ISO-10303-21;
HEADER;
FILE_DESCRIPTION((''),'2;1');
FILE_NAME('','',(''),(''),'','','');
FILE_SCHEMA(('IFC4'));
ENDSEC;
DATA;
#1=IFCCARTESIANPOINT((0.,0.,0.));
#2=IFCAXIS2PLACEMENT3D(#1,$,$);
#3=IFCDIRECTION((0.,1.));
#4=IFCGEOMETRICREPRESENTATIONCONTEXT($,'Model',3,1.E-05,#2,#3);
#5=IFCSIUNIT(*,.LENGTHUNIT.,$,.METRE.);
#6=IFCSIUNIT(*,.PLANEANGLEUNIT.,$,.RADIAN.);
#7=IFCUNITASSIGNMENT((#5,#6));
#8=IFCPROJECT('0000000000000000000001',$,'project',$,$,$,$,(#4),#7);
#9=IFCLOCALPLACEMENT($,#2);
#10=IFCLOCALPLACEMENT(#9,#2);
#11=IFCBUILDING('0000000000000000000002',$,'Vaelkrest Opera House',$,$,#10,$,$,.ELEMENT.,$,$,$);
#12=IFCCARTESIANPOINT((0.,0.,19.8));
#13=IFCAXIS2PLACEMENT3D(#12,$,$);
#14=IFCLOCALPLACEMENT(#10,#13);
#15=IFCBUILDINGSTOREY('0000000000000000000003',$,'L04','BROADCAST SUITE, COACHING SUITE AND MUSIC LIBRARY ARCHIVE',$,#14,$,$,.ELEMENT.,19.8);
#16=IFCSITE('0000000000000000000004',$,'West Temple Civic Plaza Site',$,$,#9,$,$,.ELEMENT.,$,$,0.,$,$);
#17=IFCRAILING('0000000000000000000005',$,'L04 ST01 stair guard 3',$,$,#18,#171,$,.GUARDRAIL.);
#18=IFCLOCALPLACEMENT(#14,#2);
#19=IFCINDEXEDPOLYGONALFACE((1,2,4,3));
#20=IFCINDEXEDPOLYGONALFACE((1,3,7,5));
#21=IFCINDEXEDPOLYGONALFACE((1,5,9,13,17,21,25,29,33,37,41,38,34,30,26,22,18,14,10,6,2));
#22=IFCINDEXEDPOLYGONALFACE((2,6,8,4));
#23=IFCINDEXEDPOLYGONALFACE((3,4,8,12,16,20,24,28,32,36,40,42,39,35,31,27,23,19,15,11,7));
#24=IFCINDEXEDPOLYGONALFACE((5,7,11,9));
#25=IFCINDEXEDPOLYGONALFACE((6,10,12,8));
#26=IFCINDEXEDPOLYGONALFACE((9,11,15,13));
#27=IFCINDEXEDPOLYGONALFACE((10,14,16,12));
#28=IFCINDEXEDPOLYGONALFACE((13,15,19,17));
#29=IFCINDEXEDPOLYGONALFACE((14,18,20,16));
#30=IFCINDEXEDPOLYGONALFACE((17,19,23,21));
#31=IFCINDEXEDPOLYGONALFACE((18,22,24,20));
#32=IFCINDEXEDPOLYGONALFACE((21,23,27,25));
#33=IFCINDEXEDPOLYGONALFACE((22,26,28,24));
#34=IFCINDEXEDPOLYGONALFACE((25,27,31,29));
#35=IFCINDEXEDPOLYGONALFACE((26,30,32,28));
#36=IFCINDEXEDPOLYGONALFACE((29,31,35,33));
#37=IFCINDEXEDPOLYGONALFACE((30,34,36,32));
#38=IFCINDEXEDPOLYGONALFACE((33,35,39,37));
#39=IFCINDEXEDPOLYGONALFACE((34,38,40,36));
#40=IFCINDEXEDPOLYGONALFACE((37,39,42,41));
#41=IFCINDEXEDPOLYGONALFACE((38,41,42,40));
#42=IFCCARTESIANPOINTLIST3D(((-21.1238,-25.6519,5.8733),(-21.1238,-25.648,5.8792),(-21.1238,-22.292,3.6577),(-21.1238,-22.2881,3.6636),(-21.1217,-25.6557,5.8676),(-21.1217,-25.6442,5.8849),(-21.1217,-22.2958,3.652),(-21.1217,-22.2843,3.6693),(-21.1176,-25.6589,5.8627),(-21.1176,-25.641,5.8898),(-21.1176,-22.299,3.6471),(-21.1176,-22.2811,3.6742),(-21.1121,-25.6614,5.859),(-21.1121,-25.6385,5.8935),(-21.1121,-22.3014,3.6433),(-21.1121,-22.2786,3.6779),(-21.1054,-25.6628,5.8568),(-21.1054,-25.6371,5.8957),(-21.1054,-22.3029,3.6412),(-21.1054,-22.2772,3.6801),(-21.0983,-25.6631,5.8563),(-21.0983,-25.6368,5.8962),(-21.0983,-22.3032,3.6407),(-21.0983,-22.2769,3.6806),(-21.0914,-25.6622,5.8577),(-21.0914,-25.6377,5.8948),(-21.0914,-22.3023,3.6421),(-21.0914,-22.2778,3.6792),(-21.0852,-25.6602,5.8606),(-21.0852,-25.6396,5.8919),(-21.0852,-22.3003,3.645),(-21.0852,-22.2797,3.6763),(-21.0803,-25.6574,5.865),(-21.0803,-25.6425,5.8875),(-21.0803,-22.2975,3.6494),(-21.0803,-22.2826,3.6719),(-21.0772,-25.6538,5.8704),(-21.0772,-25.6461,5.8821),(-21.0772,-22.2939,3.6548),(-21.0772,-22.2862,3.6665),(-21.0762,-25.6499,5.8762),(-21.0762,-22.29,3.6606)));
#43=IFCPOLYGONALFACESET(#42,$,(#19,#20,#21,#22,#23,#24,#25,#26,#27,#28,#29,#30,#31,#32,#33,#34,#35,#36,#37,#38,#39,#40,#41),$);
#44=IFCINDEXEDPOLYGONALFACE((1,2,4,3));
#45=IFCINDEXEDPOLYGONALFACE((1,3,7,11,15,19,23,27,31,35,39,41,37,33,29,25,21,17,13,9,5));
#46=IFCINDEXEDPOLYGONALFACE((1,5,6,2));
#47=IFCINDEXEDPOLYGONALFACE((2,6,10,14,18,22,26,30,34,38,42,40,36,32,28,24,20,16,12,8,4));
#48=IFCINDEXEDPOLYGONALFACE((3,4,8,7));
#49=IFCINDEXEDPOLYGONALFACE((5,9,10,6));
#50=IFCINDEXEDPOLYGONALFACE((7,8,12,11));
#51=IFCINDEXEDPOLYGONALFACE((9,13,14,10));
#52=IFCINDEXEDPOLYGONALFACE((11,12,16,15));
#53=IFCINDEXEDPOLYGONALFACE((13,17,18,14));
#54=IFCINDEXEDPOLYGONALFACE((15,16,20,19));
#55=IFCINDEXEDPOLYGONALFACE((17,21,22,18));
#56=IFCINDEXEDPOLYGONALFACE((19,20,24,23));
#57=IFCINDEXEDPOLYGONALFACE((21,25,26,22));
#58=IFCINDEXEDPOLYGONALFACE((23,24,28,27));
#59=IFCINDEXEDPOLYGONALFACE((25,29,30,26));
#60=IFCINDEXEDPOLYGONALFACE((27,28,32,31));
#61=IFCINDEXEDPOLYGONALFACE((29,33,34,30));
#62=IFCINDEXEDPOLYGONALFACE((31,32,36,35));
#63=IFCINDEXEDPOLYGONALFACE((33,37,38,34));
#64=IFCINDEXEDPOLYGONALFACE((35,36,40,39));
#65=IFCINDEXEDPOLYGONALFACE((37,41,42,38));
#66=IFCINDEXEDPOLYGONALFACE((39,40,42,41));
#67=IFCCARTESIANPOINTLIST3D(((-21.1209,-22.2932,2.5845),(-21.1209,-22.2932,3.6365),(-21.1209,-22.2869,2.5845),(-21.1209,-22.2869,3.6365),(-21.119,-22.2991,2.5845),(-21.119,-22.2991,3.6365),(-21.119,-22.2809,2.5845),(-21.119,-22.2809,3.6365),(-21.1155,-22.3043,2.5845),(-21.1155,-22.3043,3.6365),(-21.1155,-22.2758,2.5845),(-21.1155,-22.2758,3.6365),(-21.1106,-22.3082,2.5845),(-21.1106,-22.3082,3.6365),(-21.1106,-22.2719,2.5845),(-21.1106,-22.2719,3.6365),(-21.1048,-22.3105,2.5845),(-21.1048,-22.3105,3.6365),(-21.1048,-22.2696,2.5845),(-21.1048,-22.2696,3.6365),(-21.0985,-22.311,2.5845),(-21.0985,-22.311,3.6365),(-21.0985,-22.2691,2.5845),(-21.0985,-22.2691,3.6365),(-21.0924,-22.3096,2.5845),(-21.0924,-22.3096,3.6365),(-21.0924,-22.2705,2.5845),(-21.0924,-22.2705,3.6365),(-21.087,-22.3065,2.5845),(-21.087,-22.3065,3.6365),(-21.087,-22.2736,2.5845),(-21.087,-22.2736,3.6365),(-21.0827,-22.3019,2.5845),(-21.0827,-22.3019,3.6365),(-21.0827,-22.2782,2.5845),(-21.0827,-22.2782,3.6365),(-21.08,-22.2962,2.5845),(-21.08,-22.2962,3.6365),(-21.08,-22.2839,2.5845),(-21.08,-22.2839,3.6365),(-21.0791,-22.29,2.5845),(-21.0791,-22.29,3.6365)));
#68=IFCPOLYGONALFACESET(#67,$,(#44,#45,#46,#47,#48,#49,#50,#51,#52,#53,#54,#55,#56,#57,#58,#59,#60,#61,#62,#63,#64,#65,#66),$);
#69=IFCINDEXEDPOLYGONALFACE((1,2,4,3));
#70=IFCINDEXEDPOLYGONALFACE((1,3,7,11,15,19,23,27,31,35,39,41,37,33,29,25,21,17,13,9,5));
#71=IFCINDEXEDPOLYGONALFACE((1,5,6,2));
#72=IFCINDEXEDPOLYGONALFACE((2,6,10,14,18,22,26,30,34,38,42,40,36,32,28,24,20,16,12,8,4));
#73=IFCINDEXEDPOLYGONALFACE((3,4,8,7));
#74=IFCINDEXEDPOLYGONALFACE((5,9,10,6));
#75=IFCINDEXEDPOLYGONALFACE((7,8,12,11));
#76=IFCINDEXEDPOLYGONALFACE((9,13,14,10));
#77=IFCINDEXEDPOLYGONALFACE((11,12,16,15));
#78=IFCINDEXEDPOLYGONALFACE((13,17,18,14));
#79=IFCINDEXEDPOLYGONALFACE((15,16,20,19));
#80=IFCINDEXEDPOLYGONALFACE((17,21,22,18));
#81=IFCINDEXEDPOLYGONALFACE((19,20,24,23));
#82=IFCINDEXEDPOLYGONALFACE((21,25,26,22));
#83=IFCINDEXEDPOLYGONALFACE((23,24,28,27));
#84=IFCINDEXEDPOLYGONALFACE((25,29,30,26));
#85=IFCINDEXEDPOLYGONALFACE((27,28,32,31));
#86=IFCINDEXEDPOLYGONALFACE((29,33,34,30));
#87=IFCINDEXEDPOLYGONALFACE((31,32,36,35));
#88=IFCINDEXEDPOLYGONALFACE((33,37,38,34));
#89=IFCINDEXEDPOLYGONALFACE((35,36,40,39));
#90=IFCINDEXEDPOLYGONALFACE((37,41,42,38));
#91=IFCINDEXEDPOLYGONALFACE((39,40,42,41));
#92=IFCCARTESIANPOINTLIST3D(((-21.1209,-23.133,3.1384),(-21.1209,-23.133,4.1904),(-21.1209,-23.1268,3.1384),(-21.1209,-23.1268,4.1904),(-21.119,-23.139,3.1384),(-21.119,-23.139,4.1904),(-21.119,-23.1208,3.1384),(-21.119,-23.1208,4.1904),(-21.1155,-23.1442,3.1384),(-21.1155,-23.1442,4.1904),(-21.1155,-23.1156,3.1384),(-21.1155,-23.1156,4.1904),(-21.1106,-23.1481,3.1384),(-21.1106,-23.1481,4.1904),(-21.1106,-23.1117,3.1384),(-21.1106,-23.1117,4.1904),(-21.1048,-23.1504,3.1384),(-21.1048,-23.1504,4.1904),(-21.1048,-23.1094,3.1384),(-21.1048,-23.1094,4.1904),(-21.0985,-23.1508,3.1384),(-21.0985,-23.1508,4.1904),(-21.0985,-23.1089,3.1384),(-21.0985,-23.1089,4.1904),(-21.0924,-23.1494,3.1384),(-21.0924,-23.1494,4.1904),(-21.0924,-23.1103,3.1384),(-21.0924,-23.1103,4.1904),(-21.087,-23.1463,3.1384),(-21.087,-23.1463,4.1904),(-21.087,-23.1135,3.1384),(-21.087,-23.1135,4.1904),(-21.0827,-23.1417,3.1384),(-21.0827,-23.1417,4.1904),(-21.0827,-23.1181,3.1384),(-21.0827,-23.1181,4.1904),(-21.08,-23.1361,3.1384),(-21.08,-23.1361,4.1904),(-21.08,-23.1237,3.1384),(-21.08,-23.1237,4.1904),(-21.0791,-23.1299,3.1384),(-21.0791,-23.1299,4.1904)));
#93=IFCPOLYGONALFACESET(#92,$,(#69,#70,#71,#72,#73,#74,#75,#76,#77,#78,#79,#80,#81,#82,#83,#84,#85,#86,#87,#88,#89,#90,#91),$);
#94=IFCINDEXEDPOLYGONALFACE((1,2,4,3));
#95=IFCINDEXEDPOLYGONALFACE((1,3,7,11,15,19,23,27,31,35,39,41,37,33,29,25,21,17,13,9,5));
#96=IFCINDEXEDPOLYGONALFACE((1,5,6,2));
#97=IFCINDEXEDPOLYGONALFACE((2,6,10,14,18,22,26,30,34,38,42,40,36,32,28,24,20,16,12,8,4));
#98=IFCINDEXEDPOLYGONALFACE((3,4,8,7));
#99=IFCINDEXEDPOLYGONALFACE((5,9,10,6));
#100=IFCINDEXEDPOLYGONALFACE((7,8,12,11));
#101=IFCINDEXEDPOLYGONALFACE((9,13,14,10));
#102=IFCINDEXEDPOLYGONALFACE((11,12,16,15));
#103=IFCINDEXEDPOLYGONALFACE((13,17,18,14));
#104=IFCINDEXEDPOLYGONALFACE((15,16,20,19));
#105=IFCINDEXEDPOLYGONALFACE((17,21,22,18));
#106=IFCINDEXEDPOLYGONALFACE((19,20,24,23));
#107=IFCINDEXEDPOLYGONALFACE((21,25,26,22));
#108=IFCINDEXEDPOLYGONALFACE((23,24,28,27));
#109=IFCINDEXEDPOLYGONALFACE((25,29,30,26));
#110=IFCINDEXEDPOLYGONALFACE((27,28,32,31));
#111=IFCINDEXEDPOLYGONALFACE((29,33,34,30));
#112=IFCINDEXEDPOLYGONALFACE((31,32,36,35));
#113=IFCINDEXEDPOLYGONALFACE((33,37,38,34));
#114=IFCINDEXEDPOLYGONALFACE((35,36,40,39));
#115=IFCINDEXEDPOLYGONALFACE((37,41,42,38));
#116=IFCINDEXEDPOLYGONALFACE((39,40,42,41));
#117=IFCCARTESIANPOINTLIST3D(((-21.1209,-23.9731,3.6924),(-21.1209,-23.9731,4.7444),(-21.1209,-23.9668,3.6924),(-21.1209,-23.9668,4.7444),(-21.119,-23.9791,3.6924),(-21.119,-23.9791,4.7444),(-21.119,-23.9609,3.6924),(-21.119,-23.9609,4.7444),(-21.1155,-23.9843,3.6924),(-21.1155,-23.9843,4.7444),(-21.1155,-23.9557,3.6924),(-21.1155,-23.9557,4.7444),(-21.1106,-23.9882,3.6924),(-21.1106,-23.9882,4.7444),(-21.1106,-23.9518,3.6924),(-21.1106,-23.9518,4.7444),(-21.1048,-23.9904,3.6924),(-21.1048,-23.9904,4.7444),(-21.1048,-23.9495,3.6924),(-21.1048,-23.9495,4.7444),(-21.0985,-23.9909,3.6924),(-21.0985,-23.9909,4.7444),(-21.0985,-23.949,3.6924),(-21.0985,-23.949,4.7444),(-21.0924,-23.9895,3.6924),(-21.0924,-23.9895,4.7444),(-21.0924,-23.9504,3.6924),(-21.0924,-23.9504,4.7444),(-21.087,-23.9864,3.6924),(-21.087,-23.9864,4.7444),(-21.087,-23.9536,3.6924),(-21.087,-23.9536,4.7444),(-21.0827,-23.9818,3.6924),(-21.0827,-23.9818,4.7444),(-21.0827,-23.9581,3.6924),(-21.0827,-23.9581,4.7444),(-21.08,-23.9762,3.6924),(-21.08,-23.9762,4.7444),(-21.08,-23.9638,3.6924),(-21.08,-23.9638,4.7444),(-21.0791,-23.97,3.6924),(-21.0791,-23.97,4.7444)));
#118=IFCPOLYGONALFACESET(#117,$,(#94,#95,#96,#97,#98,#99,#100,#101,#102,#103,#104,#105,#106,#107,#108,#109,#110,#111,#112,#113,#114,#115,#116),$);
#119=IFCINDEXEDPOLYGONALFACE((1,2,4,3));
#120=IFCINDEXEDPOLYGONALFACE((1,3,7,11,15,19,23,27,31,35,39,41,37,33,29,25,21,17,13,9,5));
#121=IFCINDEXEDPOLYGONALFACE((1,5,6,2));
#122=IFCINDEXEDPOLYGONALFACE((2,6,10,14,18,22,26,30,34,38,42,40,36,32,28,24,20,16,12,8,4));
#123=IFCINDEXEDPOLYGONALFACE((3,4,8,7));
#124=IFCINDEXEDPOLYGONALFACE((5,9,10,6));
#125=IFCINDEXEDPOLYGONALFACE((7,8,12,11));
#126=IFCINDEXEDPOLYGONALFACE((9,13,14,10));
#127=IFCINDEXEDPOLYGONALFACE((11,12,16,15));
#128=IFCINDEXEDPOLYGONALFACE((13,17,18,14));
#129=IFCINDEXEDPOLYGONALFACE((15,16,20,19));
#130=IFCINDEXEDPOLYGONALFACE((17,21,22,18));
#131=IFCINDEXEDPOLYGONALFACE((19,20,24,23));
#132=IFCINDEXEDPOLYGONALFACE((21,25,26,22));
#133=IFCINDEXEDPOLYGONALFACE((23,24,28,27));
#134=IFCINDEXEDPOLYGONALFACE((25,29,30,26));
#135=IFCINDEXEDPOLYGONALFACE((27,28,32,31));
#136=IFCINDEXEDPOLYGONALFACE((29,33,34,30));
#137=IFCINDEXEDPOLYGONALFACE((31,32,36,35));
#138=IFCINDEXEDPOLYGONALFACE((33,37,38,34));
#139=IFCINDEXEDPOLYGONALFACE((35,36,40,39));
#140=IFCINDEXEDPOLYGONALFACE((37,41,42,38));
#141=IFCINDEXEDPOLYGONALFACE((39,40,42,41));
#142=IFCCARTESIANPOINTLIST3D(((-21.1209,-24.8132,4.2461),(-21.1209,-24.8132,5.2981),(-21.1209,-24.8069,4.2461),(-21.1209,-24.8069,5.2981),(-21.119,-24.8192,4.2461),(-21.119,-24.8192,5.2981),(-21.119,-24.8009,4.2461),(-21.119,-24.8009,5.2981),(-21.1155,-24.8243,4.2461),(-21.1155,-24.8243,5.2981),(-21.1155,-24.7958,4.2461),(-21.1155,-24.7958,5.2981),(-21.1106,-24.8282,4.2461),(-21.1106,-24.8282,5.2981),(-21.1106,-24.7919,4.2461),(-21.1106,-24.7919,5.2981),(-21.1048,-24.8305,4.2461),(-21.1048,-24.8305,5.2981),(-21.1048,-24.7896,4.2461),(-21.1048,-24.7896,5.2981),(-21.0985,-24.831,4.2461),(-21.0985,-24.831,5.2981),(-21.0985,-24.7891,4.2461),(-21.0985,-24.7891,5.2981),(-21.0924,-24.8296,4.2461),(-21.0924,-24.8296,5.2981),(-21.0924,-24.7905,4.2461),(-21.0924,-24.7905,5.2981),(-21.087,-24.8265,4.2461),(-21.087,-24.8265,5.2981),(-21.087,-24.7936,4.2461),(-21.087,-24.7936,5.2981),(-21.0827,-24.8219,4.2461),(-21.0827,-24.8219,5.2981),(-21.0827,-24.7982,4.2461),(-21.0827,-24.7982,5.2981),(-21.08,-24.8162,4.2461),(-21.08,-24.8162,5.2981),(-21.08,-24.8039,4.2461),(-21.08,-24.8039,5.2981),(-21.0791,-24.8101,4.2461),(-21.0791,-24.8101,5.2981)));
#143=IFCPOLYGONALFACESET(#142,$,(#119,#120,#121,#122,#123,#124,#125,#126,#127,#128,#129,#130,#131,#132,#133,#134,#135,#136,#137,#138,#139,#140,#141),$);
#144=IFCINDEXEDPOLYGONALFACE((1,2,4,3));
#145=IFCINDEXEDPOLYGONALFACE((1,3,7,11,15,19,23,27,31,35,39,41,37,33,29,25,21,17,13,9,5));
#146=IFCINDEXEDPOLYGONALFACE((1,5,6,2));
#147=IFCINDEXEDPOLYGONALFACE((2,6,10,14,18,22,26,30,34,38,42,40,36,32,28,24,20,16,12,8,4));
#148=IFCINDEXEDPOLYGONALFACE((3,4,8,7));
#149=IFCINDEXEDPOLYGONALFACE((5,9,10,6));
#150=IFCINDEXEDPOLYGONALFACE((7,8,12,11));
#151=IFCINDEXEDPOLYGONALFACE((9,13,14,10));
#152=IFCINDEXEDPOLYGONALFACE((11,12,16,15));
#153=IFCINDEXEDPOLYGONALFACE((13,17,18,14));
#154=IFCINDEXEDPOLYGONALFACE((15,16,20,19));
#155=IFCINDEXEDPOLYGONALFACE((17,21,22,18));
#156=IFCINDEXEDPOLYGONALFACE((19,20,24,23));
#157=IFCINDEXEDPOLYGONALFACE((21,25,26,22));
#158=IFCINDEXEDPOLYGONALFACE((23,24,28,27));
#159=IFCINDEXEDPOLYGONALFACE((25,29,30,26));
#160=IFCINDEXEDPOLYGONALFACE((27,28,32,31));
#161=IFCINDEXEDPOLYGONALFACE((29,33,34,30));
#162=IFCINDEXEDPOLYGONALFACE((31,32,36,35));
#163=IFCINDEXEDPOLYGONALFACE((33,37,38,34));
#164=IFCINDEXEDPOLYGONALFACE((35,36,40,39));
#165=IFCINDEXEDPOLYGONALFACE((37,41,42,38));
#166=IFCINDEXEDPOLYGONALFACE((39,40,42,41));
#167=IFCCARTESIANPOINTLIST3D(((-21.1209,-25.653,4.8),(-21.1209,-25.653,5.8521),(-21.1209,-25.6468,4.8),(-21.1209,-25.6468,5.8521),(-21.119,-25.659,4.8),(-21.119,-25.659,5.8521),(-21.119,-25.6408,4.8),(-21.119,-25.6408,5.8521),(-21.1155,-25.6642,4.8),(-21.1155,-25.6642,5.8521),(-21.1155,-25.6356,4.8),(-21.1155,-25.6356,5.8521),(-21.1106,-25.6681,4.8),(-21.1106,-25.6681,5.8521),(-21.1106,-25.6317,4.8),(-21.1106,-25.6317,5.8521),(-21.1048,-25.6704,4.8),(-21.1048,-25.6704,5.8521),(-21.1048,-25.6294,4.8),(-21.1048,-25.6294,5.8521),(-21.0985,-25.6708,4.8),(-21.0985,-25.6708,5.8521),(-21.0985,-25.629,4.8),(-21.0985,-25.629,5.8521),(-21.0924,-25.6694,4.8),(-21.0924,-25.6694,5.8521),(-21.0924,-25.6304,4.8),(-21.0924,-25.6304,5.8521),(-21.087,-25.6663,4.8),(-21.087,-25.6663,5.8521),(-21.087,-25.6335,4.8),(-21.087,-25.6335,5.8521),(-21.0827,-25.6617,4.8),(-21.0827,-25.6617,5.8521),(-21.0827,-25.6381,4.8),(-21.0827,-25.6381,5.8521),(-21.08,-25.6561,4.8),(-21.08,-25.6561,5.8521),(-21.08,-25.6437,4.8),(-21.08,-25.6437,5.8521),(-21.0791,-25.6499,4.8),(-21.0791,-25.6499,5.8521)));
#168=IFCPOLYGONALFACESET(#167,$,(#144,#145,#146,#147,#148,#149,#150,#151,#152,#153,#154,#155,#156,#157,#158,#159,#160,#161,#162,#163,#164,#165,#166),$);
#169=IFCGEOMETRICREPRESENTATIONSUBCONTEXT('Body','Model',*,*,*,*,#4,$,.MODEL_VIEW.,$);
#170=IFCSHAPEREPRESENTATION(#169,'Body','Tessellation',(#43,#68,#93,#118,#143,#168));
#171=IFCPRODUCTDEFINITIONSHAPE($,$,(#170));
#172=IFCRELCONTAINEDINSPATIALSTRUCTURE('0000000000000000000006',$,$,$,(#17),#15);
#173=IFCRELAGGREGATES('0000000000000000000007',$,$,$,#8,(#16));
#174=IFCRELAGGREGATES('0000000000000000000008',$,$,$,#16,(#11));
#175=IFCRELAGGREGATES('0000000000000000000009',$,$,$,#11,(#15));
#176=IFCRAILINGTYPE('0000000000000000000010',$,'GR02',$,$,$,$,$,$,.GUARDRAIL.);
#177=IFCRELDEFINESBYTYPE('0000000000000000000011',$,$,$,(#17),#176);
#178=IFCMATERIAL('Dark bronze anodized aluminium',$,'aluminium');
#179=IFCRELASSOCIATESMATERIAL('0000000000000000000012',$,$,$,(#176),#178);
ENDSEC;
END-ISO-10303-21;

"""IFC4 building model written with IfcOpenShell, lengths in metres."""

from ifc_helpers import new_model, si_unit, direction, frame, origin, origin_2d, place, context, subcontext, project, spatial, circle, extrude, material, type_object, element, save


model = new_model("IFC4")

# Units and contexts
model_context = context("Model", 3, precision=1e-05, world=origin(), true_north=direction((0.0, 1.0)))
body_context = subcontext(model_context, "Body", "Model", "MODEL_VIEW")
ifc_project = project(units=[si_unit("LENGTHUNIT", "METRE"), si_unit("PLANEANGLEUNIT", "RADIAN")], contexts=[model_context])

# Site, building, storey
site_placement = place(None, origin())
site = spatial("IfcSite", under=ifc_project, at=site_placement, Name="West Temple Civic Plaza Site", CompositionType="ELEMENT", RefElevation=0.0)
building_placement = place(site_placement, origin())
building = spatial("IfcBuilding", under=site, at=building_placement, Name="Vaelkrest Opera House", CompositionType="ELEMENT")
storey_placement = place(building_placement, frame((0.0, 0.0, 19.8)))
storey = spatial("IfcBuildingStorey", under=building, at=storey_placement, Name="L04", Description="BROADCAST SUITE, COACHING SUITE AND MUSIC LIBRARY ARCHIVE", CompositionType="ELEMENT", Elevation=19.8)

# Shared definitions
ifc_material_1 = material(Name="Dark bronze anodized aluminium", Category="aluminium")

# Railing
railing_type_1 = type_object("IfcRailingType", Name="GR02", PredefinedType="GUARDRAIL", material=ifc_material_1)
railing_1_placement = place(storey_placement, frame((-21.1001, -22.29, 2.5845)))
element("IfcRailing", 1, at=railing_1_placement, inside=storey, type_object=railing_type_1, Name="L04 ST01 stair guard 3", PredefinedType="GUARDRAIL", context=body_context, shape_type="SweptSolid", body=[
    extrude(circle(Radius=0.0239, at=origin_2d()), frame((0.0, 0.0, 1.0762), z_axis=(0.0, -0.83483, 0.550508), x_axis=(1.0, 0.0, 0.0)), (0.0, 0.0, 1.0), 4.0247),
    extrude(circle(Radius=0.021, at=origin_2d()), origin(), (0.0, 0.0, 1.0), 1.052),
    extrude(circle(Radius=0.021, at=origin_2d()), frame((0.0, -0.8398, 0.554)), (0.0, 0.0, 1.0), 1.052),
    extrude(circle(Radius=0.021, at=origin_2d()), frame((0.0, -1.6799, 1.1079)), (0.0, 0.0, 1.0), 1.052),
    extrude(circle(Radius=0.021, at=origin_2d()), frame((0.0, -2.52, 1.6616)), (0.0, 0.0, 1.0), 1.052),
    extrude(circle(Radius=0.021, at=origin_2d()), frame((0.0, -3.3599, 2.2156)), (0.0, 0.0, 1.0), 1.052),
])

save(model, "model.ifc")
